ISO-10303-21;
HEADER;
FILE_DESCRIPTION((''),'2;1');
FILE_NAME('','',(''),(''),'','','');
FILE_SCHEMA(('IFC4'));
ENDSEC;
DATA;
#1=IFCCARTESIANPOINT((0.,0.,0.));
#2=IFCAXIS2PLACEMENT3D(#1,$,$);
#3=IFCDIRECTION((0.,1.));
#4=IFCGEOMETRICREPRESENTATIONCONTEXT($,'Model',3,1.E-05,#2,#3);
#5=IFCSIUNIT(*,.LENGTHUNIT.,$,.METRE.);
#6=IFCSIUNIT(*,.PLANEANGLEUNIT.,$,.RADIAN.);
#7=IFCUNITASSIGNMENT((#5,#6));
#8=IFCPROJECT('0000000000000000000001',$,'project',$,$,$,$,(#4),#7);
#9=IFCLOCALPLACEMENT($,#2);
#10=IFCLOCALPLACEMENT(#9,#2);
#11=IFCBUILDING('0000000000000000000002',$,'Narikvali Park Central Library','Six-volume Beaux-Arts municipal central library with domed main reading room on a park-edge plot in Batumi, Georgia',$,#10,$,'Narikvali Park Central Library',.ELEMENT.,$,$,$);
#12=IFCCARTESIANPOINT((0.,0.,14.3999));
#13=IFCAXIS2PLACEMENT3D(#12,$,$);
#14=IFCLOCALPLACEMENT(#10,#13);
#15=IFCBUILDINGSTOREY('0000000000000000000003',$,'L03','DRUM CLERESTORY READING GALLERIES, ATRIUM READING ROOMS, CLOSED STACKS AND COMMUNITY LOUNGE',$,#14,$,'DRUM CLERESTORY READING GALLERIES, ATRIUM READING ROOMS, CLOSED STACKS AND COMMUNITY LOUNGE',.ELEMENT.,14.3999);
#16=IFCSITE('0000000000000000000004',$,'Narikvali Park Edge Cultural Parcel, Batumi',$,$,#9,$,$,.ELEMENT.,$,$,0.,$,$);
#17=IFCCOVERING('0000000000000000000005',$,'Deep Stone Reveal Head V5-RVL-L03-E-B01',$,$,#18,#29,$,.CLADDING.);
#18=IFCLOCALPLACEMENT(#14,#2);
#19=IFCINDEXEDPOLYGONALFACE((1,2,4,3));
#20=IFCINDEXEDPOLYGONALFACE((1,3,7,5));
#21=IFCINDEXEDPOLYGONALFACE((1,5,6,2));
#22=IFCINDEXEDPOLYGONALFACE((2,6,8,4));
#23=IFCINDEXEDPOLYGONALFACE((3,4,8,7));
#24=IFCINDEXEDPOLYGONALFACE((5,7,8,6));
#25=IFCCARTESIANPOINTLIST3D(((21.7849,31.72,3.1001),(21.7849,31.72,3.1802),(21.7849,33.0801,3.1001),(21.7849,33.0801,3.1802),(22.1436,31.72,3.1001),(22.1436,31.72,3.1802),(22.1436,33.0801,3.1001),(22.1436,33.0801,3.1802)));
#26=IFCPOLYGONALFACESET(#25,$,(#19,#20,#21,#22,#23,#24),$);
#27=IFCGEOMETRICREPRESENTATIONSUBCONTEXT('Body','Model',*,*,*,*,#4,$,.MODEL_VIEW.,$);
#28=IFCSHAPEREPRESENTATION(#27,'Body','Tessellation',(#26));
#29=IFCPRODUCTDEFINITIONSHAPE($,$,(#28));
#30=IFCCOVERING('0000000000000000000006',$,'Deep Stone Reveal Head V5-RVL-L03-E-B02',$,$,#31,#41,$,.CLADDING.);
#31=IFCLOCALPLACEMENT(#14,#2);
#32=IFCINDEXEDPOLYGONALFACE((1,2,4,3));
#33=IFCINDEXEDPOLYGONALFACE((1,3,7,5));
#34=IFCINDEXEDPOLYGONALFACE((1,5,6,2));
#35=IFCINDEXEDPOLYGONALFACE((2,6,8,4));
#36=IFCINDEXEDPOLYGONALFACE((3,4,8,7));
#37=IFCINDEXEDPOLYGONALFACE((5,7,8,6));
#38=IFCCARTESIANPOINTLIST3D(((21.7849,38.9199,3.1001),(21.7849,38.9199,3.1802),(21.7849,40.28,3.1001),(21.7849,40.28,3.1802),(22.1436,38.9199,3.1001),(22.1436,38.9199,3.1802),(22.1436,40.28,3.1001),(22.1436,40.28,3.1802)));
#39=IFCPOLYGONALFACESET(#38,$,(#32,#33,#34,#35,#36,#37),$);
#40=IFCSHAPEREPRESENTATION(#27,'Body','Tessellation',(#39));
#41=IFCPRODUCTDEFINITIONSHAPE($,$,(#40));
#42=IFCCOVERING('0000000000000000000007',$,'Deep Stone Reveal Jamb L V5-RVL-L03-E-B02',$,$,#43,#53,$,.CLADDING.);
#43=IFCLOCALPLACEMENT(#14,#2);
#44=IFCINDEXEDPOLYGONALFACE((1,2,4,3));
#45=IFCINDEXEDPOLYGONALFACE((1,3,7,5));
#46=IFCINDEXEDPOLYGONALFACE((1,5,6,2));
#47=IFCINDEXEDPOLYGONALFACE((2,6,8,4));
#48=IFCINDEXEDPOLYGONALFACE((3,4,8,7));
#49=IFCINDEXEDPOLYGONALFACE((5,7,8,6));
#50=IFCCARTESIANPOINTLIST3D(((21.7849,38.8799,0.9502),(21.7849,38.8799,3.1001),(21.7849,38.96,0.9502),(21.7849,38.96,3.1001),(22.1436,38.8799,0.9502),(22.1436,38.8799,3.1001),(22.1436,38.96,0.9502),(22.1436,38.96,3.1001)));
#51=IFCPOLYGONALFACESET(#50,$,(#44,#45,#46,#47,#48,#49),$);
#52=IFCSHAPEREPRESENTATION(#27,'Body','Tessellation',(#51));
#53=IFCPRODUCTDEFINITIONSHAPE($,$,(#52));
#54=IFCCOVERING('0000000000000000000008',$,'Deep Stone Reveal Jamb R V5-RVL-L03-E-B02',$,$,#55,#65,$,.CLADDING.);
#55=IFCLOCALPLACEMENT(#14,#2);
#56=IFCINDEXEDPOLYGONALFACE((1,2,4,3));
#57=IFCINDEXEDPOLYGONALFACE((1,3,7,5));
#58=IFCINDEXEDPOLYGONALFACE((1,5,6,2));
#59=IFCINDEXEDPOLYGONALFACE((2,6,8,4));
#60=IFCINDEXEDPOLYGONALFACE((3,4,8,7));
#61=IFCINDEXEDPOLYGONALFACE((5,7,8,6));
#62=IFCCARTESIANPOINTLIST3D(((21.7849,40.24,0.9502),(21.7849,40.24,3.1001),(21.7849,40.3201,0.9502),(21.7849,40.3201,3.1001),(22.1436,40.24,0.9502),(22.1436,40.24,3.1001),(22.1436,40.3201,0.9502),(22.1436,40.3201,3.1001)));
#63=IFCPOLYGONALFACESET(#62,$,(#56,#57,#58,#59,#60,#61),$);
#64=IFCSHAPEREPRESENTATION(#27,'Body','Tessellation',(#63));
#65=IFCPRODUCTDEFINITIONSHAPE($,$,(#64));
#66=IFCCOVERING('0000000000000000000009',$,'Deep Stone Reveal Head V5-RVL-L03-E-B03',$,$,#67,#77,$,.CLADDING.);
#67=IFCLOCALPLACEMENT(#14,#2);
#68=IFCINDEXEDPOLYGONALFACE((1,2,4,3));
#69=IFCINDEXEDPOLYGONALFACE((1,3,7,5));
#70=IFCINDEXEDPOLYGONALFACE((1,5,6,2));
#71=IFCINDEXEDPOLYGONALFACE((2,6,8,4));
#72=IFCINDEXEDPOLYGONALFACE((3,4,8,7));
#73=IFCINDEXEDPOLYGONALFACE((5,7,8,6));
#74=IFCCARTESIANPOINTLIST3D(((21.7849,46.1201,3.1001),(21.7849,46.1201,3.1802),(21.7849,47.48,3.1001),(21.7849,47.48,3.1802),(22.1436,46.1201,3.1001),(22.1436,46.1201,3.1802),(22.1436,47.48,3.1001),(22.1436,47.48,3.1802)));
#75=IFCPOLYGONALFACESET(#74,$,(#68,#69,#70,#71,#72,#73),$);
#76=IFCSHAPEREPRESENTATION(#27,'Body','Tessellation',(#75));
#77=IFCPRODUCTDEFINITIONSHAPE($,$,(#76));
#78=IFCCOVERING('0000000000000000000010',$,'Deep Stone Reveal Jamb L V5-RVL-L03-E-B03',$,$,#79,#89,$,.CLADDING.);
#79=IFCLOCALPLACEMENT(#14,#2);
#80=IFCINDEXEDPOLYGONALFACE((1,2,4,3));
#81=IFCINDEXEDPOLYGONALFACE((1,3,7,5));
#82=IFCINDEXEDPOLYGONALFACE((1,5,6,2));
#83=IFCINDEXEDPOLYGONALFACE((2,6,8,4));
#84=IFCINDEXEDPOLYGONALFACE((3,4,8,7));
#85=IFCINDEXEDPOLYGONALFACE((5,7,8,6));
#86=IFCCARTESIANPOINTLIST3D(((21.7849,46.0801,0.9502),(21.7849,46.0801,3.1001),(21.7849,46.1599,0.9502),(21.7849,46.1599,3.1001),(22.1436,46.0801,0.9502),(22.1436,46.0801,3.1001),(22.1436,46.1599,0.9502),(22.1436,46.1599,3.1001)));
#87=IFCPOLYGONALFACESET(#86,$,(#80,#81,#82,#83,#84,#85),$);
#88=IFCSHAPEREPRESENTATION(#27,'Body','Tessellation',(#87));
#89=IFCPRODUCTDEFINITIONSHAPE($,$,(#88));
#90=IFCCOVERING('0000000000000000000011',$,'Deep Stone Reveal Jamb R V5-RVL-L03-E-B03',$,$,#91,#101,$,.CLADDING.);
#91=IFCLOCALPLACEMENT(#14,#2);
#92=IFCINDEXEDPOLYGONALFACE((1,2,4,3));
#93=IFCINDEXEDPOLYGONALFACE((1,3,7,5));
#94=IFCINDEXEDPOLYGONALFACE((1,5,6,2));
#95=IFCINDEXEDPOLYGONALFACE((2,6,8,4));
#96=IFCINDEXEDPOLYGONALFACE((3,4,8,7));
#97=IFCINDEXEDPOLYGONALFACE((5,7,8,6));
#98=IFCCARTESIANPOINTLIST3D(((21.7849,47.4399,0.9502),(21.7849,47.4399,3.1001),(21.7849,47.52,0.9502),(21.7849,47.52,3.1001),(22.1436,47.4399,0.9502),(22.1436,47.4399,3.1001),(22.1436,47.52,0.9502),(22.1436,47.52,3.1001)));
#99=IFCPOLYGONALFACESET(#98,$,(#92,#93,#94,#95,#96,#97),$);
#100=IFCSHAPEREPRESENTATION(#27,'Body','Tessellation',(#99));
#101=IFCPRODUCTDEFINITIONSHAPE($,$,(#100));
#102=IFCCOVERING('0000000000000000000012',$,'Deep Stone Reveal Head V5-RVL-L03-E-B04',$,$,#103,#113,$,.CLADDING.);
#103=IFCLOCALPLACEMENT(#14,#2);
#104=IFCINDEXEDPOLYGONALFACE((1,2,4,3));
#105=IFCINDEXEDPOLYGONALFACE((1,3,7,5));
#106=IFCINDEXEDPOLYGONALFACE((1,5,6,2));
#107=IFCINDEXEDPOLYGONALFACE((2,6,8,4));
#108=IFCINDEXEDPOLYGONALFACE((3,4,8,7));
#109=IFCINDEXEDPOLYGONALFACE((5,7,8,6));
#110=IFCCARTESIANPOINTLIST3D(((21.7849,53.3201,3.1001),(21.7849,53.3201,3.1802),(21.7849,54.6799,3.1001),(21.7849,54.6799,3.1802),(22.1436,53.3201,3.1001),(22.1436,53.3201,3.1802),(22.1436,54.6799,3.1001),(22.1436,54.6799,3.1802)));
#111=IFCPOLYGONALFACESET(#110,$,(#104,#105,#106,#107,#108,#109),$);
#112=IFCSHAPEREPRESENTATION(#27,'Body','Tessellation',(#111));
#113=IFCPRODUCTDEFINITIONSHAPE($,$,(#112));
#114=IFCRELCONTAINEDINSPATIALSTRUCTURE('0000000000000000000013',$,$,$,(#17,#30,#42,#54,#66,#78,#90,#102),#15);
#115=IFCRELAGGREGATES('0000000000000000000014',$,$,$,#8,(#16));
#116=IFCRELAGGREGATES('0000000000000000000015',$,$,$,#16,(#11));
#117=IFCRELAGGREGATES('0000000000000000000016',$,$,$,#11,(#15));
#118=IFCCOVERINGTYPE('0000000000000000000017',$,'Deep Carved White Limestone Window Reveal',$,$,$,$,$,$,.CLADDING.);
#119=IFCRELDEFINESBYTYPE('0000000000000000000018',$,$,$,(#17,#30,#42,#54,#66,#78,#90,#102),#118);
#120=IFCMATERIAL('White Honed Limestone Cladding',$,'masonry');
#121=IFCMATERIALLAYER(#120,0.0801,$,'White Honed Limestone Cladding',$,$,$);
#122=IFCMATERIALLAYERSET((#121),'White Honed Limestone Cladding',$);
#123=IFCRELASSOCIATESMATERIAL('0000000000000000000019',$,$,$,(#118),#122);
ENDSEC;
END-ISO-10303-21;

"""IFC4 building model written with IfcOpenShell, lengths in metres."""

from ifc_helpers import new_model, si_unit, direction, frame, origin, place, context, subcontext, project, spatial, polyline, outline, extrude, material, layer, layer_set, type_object, element, save


model = new_model("IFC4")

# Units and contexts
model_context = context("Model", 3, precision=1e-05, world=origin(), true_north=direction((0.0, 1.0)))
body_context = subcontext(model_context, "Body", "Model", "MODEL_VIEW")
ifc_project = project(units=[si_unit("LENGTHUNIT", "METRE"), si_unit("PLANEANGLEUNIT", "RADIAN")], contexts=[model_context])

# Site, building, storey
site_placement = place(None, origin())
site = spatial("IfcSite", under=ifc_project, at=site_placement, Name="Narikvali Park Edge Cultural Parcel, Batumi", CompositionType="ELEMENT", RefElevation=0.0)
building_placement = place(site_placement, origin())
building = spatial("IfcBuilding", under=site, at=building_placement, Name="Narikvali Park Central Library", Description="Six-volume Beaux-Arts municipal central library with domed main reading room on a park-edge plot in Batumi, Georgia", LongName="Narikvali Park Central Library", CompositionType="ELEMENT")
storey_placement = place(building_placement, frame((0.0, 0.0, 14.3999)))
storey = spatial("IfcBuildingStorey", under=building, at=storey_placement, Name="L03", Description="DRUM CLERESTORY READING GALLERIES, ATRIUM READING ROOMS, CLOSED STACKS AND COMMUNITY LOUNGE", LongName="DRUM CLERESTORY READING GALLERIES, ATRIUM READING ROOMS, CLOSED STACKS AND COMMUNITY LOUNGE", CompositionType="ELEMENT", Elevation=14.3999)

# Coverings
ifc_material = material(Name="White Honed Limestone Cladding", Category="masonry")
ifc_layer = layer(ifc_material, 0.0801, Name="White Honed Limestone Cladding")
ifc_layer_set = layer_set([ifc_layer], Name="White Honed Limestone Cladding")
covering_type = type_object("IfcCoveringType", Name="Deep Carved White Limestone Window Reveal", PredefinedType="CLADDING", material=ifc_layer_set)
covering_1_placement = place(storey_placement, frame((0.0, 0.0, 3.1001)))
element("IfcCovering", 1, at=covering_1_placement, inside=storey, type_object=covering_type, Name="Deep Stone Reveal Head V5-RVL-L03-E-B01", PredefinedType="CLADDING", context=body_context, shape_type="SweptSolid", body=[
    extrude(outline(polyline([(21.7849, 31.72), (21.7849, 33.0801), (22.1436, 33.0801), (22.1436, 31.72), (21.7849, 31.72)])), origin(), (0.0, 0.0, 1.0), 0.0801),
])
covering_2_placement = place(storey_placement, frame((0.0, 0.0, 3.1001)))
element("IfcCovering", 2, at=covering_2_placement, inside=storey, type_object=covering_type, Name="Deep Stone Reveal Head V5-RVL-L03-E-B02", PredefinedType="CLADDING", context=body_context, shape_type="SweptSolid", body=[
    extrude(outline(polyline([(21.7849, 38.9199), (21.7849, 40.28), (22.1436, 40.28), (22.1436, 38.9199), (21.7849, 38.9199)])), origin(), (0.0, 0.0, 1.0), 0.0801),
])
covering_3_placement = place(storey_placement, frame((0.0, 0.0, 0.9502)))
element("IfcCovering", 3, at=covering_3_placement, inside=storey, type_object=covering_type, Name="Deep Stone Reveal Jamb L V5-RVL-L03-E-B02", PredefinedType="CLADDING", context=body_context, shape_type="SweptSolid", body=[
    extrude(outline(polyline([(21.7849, 38.8799), (21.7849, 38.96), (22.1436, 38.96), (22.1436, 38.8799), (21.7849, 38.8799)])), origin(), (0.0, 0.0, 1.0), 2.1499),
])
covering_4_placement = place(storey_placement, frame((0.0, 0.0, 0.9502)))
element("IfcCovering", 4, at=covering_4_placement, inside=storey, type_object=covering_type, Name="Deep Stone Reveal Jamb R V5-RVL-L03-E-B02", PredefinedType="CLADDING", context=body_context, shape_type="SweptSolid", body=[
    extrude(outline(polyline([(21.7849, 40.24), (21.7849, 40.3201), (22.1436, 40.3201), (22.1436, 40.24), (21.7849, 40.24)])), origin(), (0.0, 0.0, 1.0), 2.1499),
])
covering_5_placement = place(storey_placement, frame((0.0, 0.0, 3.1001)))
element("IfcCovering", 5, at=covering_5_placement, inside=storey, type_object=covering_type, Name="Deep Stone Reveal Head V5-RVL-L03-E-B03", PredefinedType="CLADDING", context=body_context, shape_type="SweptSolid", body=[
    extrude(outline(polyline([(21.7849, 46.1201), (21.7849, 47.48), (22.1436, 47.48), (22.1436, 46.1201), (21.7849, 46.1201)])), origin(), (0.0, 0.0, 1.0), 0.0801),
])
covering_6_placement = place(storey_placement, frame((0.0, 0.0, 0.9502)))
element("IfcCovering", 6, at=covering_6_placement, inside=storey, type_object=covering_type, Name="Deep Stone Reveal Jamb L V5-RVL-L03-E-B03", PredefinedType="CLADDING", context=body_context, shape_type="SweptSolid", body=[
    extrude(outline(polyline([(21.7849, 46.0801), (21.7849, 46.1599), (22.1436, 46.1599), (22.1436, 46.0801), (21.7849, 46.0801)])), origin(), (0.0, 0.0, 1.0), 2.1499),
])
covering_7_placement = place(storey_placement, frame((0.0, 0.0, 0.9502)))
element("IfcCovering", 7, at=covering_7_placement, inside=storey, type_object=covering_type, Name="Deep Stone Reveal Jamb R V5-RVL-L03-E-B03", PredefinedType="CLADDING", context=body_context, shape_type="SweptSolid", body=[
    extrude(outline(polyline([(21.7849, 47.4399), (21.7849, 47.52), (22.1436, 47.52), (22.1436, 47.4399), (21.7849, 47.4399)])), origin(), (0.0, 0.0, 1.0), 2.1499),
])
covering_8_placement = place(storey_placement, frame((0.0, 0.0, 3.1001)))
element("IfcCovering", 8, at=covering_8_placement, inside=storey, type_object=covering_type, Name="Deep Stone Reveal Head V5-RVL-L03-E-B04", PredefinedType="CLADDING", context=body_context, shape_type="SweptSolid", body=[
    extrude(outline(polyline([(21.7849, 53.3201), (21.7849, 54.6799), (22.1436, 54.6799), (22.1436, 53.3201), (21.7849, 53.3201)])), origin(), (0.0, 0.0, 1.0), 0.0801),
])

save(model, "model.ifc")
